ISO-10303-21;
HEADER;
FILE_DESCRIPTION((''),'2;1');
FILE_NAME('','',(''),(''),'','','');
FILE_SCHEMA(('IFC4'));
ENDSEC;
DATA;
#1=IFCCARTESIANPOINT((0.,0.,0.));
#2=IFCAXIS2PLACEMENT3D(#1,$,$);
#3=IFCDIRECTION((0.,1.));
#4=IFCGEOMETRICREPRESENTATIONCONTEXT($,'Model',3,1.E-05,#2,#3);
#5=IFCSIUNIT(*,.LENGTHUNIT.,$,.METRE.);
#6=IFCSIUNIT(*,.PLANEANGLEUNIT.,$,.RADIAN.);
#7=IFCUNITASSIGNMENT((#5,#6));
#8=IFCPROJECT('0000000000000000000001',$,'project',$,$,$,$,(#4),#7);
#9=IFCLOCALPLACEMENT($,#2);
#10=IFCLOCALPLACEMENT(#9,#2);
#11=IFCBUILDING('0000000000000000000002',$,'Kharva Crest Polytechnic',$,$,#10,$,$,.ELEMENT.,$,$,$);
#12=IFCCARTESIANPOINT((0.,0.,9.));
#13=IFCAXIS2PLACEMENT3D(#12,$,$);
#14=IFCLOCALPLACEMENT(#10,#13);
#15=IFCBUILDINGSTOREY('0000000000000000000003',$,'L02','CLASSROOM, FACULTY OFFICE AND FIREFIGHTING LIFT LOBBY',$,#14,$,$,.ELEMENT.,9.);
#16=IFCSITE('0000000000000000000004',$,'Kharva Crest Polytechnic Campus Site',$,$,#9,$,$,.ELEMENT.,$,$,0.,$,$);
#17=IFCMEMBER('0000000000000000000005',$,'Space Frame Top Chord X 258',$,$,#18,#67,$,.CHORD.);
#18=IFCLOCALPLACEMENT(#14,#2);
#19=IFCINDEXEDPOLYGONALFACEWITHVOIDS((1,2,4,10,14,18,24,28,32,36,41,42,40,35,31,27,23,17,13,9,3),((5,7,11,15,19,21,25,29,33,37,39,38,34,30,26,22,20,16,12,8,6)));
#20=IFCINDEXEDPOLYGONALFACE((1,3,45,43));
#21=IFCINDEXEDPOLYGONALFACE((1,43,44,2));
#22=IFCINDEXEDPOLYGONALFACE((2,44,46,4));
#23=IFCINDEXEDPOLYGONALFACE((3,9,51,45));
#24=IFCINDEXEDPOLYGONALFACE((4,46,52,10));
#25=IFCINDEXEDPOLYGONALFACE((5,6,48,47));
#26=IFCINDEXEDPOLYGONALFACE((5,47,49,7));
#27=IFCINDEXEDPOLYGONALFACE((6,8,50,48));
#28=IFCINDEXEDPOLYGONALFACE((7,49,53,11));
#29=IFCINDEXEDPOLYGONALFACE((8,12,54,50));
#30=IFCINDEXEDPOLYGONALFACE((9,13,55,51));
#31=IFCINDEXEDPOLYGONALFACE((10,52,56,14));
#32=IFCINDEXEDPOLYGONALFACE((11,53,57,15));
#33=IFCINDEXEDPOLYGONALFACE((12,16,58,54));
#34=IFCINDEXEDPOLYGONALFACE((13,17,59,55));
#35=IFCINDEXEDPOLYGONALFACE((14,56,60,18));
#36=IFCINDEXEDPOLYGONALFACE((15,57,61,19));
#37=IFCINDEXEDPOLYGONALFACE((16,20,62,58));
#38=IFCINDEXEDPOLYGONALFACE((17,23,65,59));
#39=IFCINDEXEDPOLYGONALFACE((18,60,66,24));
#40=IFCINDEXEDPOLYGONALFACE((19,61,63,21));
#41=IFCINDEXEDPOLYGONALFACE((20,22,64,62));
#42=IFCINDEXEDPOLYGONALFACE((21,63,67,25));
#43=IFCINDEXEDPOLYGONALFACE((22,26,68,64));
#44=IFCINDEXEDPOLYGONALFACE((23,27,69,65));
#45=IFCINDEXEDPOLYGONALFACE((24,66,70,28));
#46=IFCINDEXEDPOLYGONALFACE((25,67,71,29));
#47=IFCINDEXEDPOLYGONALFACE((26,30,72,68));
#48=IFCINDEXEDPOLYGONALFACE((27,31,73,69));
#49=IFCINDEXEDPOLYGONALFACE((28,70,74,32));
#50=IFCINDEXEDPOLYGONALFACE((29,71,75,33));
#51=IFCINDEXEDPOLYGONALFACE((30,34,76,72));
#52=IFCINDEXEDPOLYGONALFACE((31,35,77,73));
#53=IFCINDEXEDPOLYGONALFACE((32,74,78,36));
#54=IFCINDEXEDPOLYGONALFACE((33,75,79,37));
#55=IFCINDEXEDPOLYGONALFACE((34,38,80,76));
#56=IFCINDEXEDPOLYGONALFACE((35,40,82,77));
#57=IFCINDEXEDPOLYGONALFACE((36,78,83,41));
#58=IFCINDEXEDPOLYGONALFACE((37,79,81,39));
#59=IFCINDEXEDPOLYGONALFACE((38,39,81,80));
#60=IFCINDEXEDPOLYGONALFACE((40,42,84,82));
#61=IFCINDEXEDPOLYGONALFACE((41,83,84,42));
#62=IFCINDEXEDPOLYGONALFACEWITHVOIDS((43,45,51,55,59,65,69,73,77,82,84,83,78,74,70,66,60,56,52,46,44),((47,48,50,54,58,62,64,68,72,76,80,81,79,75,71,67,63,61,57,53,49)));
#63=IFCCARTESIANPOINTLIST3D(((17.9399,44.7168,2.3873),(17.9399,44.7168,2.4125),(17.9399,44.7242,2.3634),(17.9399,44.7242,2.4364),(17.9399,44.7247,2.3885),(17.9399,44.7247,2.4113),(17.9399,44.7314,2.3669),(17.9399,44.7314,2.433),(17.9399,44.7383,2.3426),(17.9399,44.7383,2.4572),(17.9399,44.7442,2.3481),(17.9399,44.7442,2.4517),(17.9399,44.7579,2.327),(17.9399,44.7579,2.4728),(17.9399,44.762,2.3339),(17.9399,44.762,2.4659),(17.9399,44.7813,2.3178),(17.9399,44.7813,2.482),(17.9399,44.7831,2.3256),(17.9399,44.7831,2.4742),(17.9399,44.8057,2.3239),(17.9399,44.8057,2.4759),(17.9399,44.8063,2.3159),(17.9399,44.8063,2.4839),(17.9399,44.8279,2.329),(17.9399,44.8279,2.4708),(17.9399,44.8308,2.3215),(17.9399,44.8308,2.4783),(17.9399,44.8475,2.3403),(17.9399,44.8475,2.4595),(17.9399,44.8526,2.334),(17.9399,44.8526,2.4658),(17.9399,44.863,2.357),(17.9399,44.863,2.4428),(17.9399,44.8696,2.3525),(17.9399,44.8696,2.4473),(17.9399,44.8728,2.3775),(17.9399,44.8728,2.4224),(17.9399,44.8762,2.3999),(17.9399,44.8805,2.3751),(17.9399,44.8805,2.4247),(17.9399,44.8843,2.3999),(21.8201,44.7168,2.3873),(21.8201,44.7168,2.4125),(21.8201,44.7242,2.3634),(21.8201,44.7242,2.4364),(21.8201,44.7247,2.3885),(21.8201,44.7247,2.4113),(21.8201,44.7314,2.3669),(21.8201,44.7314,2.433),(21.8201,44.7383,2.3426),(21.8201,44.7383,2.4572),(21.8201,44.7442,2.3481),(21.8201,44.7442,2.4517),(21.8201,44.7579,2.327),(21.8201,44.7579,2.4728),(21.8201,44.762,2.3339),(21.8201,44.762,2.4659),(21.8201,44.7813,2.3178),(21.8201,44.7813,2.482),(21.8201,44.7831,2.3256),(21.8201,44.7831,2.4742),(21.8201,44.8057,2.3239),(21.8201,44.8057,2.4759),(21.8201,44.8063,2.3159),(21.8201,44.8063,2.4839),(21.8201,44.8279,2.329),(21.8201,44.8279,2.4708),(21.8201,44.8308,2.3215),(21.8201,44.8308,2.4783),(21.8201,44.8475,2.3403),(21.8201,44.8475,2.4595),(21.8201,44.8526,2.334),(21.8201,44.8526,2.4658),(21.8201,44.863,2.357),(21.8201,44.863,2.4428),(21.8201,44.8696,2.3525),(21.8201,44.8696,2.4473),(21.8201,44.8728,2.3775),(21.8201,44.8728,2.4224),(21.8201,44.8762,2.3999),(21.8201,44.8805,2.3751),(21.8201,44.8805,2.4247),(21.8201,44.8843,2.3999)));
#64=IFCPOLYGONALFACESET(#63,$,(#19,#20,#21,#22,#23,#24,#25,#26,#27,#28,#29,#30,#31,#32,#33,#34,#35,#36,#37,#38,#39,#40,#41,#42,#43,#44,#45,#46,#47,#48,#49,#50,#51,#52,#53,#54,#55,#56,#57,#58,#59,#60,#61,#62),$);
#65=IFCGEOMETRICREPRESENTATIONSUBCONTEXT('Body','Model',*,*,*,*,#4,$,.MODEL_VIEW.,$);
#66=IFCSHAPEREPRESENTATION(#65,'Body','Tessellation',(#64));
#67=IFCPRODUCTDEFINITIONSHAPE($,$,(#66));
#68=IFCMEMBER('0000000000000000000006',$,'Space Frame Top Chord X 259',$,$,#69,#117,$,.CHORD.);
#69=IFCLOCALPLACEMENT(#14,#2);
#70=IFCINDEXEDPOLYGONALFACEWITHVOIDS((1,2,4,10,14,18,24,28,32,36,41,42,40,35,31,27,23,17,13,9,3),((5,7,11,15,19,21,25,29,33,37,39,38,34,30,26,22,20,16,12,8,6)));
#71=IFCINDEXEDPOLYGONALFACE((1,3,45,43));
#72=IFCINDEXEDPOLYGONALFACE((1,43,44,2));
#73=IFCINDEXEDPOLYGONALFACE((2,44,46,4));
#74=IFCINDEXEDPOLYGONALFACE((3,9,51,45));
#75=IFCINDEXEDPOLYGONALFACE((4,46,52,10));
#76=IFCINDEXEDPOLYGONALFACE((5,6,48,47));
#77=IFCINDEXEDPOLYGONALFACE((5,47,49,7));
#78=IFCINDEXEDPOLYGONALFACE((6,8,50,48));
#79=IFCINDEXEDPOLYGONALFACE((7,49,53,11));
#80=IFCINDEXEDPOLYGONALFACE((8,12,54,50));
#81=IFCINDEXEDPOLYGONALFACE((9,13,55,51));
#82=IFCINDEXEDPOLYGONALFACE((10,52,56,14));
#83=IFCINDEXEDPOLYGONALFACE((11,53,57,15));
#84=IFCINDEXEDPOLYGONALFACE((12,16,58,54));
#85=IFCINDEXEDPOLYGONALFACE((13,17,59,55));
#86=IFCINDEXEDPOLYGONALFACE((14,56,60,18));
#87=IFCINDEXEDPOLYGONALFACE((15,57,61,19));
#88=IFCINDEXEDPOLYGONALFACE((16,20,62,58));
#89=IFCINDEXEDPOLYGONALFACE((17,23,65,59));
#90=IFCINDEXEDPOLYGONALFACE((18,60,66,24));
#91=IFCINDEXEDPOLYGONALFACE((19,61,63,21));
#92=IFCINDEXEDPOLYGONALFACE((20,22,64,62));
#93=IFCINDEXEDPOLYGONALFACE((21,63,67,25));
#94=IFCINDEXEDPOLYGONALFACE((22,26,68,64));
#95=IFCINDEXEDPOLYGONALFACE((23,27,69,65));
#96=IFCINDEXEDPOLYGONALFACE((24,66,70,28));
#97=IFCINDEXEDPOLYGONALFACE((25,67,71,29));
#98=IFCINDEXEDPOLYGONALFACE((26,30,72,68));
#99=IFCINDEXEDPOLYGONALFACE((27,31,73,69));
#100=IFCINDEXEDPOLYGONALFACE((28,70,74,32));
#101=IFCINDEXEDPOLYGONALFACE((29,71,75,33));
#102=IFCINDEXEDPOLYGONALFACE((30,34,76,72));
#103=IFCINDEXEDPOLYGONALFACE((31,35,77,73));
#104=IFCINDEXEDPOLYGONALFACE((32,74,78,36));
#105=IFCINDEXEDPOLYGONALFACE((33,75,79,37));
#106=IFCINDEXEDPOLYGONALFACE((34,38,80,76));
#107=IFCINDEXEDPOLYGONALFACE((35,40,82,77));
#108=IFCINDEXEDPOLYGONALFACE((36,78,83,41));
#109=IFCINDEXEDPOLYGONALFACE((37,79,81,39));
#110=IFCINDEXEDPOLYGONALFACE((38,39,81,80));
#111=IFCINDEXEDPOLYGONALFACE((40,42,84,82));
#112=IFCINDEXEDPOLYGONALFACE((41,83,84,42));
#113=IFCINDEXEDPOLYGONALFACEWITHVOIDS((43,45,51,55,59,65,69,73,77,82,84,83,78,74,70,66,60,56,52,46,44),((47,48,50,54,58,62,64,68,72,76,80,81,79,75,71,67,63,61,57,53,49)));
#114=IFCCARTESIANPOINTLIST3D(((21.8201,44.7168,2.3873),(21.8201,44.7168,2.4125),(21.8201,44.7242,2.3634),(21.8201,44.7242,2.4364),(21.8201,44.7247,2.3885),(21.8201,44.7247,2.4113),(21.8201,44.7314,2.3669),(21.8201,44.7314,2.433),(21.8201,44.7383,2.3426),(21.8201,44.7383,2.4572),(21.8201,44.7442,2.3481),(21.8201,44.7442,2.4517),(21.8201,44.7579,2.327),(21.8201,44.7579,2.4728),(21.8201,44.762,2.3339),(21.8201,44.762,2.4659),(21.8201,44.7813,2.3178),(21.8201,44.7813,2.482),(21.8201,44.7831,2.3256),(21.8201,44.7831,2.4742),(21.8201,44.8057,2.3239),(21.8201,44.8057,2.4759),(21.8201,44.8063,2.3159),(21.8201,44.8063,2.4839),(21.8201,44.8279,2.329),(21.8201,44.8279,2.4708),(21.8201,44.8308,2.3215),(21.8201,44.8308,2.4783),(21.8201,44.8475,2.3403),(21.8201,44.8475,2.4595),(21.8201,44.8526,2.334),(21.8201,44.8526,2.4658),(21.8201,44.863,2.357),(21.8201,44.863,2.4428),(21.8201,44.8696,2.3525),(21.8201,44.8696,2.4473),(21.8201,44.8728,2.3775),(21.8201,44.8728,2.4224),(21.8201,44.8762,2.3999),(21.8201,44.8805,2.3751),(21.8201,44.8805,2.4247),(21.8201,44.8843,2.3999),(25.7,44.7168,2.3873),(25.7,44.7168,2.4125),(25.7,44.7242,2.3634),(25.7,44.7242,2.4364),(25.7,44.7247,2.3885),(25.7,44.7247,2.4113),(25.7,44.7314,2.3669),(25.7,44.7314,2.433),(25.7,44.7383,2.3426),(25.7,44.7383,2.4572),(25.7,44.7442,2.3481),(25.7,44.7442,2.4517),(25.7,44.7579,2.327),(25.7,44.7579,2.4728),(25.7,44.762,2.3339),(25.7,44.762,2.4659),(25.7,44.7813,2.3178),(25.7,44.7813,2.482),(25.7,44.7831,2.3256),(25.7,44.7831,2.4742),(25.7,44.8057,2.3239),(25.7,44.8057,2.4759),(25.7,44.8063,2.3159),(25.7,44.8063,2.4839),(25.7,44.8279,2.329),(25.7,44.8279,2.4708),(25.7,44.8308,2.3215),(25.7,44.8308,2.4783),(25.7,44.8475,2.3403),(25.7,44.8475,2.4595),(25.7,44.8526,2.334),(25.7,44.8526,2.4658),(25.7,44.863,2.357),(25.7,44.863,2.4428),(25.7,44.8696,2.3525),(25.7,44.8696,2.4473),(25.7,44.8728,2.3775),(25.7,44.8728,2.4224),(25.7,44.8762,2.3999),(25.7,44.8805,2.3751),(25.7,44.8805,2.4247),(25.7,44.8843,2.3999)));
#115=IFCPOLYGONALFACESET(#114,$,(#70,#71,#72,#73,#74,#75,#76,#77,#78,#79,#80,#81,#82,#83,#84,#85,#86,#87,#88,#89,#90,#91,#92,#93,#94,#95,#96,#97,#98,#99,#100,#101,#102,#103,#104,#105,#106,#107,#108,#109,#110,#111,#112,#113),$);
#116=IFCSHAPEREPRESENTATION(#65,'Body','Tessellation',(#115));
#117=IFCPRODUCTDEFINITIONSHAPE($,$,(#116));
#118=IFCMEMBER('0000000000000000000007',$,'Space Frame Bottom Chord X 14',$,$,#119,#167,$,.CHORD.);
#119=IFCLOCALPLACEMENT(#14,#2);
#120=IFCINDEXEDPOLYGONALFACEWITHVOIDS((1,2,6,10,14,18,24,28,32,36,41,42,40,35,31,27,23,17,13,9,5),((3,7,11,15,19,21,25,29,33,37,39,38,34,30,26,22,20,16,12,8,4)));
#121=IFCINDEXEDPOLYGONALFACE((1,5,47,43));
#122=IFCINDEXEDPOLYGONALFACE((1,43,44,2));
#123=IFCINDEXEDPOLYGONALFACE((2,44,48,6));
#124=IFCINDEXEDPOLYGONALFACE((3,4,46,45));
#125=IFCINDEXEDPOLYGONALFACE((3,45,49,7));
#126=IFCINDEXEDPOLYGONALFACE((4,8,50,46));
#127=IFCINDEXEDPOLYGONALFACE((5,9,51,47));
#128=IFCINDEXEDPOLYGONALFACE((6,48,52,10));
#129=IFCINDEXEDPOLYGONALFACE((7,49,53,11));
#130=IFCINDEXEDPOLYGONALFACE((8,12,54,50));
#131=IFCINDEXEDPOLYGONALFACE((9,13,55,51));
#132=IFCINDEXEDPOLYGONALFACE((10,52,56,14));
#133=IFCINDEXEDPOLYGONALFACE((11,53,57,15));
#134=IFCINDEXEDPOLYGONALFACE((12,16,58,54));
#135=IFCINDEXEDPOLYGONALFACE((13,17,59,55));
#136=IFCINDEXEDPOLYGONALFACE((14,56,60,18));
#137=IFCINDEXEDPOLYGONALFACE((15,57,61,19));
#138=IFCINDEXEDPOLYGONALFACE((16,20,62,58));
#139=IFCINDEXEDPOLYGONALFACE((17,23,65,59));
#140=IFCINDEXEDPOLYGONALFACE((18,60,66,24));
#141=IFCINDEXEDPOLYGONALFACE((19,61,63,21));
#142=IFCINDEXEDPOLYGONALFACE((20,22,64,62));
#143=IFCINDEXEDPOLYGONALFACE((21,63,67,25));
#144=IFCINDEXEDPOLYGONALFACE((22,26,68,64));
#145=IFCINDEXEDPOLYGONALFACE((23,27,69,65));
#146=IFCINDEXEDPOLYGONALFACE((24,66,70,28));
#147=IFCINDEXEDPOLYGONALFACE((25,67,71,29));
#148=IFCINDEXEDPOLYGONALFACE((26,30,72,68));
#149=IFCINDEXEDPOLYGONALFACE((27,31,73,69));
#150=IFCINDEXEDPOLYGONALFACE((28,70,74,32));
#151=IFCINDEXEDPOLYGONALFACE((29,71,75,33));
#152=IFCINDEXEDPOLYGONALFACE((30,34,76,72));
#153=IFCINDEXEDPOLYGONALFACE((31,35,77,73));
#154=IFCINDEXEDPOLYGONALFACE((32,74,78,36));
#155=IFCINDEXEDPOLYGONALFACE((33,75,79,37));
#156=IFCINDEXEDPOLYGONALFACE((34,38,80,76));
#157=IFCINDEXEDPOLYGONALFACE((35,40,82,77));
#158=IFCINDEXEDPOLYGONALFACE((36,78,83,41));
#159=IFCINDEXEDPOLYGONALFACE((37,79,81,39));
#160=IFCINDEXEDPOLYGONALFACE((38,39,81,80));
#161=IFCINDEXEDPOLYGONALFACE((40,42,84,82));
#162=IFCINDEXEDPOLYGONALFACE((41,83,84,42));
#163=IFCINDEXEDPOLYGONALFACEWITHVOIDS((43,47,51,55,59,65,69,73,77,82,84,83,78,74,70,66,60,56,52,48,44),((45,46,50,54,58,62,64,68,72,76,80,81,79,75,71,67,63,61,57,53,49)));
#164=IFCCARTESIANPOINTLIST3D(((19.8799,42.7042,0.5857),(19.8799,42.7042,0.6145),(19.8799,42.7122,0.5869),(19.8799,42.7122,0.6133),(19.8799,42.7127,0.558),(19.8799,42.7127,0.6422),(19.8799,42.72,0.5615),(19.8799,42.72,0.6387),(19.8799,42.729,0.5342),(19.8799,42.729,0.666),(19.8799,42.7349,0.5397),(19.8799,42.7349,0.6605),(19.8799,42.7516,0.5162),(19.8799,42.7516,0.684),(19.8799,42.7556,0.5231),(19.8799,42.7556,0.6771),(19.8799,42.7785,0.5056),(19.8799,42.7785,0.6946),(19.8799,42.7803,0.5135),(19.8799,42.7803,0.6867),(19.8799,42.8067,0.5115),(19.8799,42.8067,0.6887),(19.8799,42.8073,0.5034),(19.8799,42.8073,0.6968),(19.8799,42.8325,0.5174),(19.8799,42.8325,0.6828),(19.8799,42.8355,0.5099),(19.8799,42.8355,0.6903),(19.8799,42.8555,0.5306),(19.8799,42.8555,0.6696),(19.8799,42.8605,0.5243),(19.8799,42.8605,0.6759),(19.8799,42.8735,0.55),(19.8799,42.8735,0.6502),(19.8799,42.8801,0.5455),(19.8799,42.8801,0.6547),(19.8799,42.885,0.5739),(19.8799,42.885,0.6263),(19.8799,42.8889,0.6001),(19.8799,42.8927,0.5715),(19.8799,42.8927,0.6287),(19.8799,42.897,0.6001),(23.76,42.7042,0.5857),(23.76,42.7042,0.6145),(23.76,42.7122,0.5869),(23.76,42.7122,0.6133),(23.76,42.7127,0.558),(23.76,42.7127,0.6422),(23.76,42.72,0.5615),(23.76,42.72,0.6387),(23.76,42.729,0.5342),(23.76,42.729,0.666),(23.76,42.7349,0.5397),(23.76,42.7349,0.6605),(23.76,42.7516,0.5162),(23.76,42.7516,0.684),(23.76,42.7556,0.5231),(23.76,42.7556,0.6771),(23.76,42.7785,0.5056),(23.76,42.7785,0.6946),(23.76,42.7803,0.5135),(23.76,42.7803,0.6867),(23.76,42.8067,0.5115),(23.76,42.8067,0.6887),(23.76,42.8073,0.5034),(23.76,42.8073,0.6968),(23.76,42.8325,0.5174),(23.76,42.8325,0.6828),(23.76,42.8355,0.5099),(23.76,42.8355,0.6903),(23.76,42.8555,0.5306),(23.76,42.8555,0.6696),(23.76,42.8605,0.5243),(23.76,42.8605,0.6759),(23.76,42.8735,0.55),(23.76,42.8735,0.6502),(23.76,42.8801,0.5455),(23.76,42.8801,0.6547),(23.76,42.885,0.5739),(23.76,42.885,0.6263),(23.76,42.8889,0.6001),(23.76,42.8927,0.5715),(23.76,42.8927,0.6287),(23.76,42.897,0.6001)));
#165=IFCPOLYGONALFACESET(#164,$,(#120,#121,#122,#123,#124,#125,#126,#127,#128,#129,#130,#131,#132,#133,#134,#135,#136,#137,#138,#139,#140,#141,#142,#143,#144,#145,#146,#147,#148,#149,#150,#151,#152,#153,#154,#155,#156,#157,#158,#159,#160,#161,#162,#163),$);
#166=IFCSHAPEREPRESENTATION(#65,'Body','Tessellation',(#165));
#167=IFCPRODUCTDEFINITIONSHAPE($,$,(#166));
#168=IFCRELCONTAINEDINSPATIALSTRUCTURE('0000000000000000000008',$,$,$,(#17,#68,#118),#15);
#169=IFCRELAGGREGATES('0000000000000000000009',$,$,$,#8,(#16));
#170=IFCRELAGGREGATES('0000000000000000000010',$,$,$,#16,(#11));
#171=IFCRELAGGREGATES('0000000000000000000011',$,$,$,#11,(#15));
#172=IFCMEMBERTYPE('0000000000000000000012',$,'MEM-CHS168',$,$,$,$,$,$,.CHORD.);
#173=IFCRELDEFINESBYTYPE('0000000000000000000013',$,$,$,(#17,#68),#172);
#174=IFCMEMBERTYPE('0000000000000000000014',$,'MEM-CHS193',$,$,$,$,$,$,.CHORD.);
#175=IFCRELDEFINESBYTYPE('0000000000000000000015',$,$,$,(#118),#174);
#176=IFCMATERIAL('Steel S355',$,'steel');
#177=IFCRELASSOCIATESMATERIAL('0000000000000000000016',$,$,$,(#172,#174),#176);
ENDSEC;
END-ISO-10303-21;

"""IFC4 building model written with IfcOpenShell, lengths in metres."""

from ifc_helpers import new_model, si_unit, direction, frame, origin, origin_2d, place, context, subcontext, project, spatial, hollow_circle, extrude, material, material_profile, profile_set, type_object, element, save


model = new_model("IFC4")

# Units and contexts
model_context = context("Model", 3, precision=1e-05, world=origin(), true_north=direction((0.0, 1.0)))
body_context = subcontext(model_context, "Body", "Model", "MODEL_VIEW")
ifc_project = project(units=[si_unit("LENGTHUNIT", "METRE"), si_unit("PLANEANGLEUNIT", "RADIAN")], contexts=[model_context])

# Site, building, storey
site_placement = place(None, origin())
site = spatial("IfcSite", under=ifc_project, at=site_placement, Name="Kharva Crest Polytechnic Campus Site", CompositionType="ELEMENT", RefElevation=0.0)
building_placement = place(site_placement, origin())
building = spatial("IfcBuilding", under=site, at=building_placement, Name="Kharva Crest Polytechnic", CompositionType="ELEMENT")
storey_placement = place(building_placement, frame((0.0, 0.0, 9.0)))
storey = spatial("IfcBuildingStorey", under=building, at=storey_placement, Name="L02", Description="CLASSROOM, FACULTY OFFICE AND FIREFIGHTING LIFT LOBBY", CompositionType="ELEMENT", Elevation=9.0)

# Members
ifc_material = material(Name="Steel S355", Category="steel")
ifc_material_profile_1 = material_profile(ifc_material, hollow_circle(Radius=0.0842, WallThickness=0.0081, at=origin_2d()), Name="CHS 168.3X8.0")
ifc_profile_set_1 = profile_set([ifc_material_profile_1], Name="Steel S355")
member_type_1 = type_object("IfcMemberType", Name="MEM-CHS168", PredefinedType="CHORD", material=ifc_profile_set_1)
member_1_placement = place(storey_placement, frame((17.9399, 44.8, 2.3999), z_axis=(1.0, 0.0, 0.0), x_axis=(0.0, 1.0, 0.0)))
element("IfcMember", 1, at=member_1_placement, inside=storey, type_object=member_type_1, Name="Space Frame Top Chord X 258", PredefinedType="CHORD", context=body_context, shape_type="SweptSolid", body=[
    extrude(hollow_circle(Radius=0.0842, WallThickness=0.0081, at=origin_2d()), origin(), (0.0, 0.0, 1.0), 3.8801),
])
member_2_placement = place(storey_placement, frame((21.8201, 44.8, 2.3999), z_axis=(1.0, 0.0, 0.0), x_axis=(0.0, 1.0, 0.0)))
element("IfcMember", 2, at=member_2_placement, inside=storey, type_object=member_type_1, Name="Space Frame Top Chord X 259", PredefinedType="CHORD", context=body_context, shape_type="SweptSolid", body=[
    extrude(hollow_circle(Radius=0.0842, WallThickness=0.0081, at=origin_2d()), origin(), (0.0, 0.0, 1.0), 3.8799),
])
ifc_material_profile_2 = material_profile(ifc_material, hollow_circle(Radius=0.0969, WallThickness=0.0081, at=origin_2d()), Name="CHS 193.7X8.0")
ifc_profile_set_2 = profile_set([ifc_material_profile_2], Name="Steel S355")
member_type_2 = type_object("IfcMemberType", Name="MEM-CHS193", PredefinedType="CHORD", material=ifc_profile_set_2)
member_3_placement = place(storey_placement, frame((19.8799, 42.8, 0.6001), z_axis=(1.0, 0.0, 0.0), x_axis=(0.0, 1.0, 0.0)))
element("IfcMember", 3, at=member_3_placement, inside=storey, type_object=member_type_2, Name="Space Frame Bottom Chord X 14", PredefinedType="CHORD", context=body_context, shape_type="SweptSolid", body=[
    extrude(hollow_circle(Radius=0.0969, WallThickness=0.0081, at=origin_2d()), origin(), (0.0, 0.0, 1.0), 3.8801),
])

save(model, "model.ifc")
